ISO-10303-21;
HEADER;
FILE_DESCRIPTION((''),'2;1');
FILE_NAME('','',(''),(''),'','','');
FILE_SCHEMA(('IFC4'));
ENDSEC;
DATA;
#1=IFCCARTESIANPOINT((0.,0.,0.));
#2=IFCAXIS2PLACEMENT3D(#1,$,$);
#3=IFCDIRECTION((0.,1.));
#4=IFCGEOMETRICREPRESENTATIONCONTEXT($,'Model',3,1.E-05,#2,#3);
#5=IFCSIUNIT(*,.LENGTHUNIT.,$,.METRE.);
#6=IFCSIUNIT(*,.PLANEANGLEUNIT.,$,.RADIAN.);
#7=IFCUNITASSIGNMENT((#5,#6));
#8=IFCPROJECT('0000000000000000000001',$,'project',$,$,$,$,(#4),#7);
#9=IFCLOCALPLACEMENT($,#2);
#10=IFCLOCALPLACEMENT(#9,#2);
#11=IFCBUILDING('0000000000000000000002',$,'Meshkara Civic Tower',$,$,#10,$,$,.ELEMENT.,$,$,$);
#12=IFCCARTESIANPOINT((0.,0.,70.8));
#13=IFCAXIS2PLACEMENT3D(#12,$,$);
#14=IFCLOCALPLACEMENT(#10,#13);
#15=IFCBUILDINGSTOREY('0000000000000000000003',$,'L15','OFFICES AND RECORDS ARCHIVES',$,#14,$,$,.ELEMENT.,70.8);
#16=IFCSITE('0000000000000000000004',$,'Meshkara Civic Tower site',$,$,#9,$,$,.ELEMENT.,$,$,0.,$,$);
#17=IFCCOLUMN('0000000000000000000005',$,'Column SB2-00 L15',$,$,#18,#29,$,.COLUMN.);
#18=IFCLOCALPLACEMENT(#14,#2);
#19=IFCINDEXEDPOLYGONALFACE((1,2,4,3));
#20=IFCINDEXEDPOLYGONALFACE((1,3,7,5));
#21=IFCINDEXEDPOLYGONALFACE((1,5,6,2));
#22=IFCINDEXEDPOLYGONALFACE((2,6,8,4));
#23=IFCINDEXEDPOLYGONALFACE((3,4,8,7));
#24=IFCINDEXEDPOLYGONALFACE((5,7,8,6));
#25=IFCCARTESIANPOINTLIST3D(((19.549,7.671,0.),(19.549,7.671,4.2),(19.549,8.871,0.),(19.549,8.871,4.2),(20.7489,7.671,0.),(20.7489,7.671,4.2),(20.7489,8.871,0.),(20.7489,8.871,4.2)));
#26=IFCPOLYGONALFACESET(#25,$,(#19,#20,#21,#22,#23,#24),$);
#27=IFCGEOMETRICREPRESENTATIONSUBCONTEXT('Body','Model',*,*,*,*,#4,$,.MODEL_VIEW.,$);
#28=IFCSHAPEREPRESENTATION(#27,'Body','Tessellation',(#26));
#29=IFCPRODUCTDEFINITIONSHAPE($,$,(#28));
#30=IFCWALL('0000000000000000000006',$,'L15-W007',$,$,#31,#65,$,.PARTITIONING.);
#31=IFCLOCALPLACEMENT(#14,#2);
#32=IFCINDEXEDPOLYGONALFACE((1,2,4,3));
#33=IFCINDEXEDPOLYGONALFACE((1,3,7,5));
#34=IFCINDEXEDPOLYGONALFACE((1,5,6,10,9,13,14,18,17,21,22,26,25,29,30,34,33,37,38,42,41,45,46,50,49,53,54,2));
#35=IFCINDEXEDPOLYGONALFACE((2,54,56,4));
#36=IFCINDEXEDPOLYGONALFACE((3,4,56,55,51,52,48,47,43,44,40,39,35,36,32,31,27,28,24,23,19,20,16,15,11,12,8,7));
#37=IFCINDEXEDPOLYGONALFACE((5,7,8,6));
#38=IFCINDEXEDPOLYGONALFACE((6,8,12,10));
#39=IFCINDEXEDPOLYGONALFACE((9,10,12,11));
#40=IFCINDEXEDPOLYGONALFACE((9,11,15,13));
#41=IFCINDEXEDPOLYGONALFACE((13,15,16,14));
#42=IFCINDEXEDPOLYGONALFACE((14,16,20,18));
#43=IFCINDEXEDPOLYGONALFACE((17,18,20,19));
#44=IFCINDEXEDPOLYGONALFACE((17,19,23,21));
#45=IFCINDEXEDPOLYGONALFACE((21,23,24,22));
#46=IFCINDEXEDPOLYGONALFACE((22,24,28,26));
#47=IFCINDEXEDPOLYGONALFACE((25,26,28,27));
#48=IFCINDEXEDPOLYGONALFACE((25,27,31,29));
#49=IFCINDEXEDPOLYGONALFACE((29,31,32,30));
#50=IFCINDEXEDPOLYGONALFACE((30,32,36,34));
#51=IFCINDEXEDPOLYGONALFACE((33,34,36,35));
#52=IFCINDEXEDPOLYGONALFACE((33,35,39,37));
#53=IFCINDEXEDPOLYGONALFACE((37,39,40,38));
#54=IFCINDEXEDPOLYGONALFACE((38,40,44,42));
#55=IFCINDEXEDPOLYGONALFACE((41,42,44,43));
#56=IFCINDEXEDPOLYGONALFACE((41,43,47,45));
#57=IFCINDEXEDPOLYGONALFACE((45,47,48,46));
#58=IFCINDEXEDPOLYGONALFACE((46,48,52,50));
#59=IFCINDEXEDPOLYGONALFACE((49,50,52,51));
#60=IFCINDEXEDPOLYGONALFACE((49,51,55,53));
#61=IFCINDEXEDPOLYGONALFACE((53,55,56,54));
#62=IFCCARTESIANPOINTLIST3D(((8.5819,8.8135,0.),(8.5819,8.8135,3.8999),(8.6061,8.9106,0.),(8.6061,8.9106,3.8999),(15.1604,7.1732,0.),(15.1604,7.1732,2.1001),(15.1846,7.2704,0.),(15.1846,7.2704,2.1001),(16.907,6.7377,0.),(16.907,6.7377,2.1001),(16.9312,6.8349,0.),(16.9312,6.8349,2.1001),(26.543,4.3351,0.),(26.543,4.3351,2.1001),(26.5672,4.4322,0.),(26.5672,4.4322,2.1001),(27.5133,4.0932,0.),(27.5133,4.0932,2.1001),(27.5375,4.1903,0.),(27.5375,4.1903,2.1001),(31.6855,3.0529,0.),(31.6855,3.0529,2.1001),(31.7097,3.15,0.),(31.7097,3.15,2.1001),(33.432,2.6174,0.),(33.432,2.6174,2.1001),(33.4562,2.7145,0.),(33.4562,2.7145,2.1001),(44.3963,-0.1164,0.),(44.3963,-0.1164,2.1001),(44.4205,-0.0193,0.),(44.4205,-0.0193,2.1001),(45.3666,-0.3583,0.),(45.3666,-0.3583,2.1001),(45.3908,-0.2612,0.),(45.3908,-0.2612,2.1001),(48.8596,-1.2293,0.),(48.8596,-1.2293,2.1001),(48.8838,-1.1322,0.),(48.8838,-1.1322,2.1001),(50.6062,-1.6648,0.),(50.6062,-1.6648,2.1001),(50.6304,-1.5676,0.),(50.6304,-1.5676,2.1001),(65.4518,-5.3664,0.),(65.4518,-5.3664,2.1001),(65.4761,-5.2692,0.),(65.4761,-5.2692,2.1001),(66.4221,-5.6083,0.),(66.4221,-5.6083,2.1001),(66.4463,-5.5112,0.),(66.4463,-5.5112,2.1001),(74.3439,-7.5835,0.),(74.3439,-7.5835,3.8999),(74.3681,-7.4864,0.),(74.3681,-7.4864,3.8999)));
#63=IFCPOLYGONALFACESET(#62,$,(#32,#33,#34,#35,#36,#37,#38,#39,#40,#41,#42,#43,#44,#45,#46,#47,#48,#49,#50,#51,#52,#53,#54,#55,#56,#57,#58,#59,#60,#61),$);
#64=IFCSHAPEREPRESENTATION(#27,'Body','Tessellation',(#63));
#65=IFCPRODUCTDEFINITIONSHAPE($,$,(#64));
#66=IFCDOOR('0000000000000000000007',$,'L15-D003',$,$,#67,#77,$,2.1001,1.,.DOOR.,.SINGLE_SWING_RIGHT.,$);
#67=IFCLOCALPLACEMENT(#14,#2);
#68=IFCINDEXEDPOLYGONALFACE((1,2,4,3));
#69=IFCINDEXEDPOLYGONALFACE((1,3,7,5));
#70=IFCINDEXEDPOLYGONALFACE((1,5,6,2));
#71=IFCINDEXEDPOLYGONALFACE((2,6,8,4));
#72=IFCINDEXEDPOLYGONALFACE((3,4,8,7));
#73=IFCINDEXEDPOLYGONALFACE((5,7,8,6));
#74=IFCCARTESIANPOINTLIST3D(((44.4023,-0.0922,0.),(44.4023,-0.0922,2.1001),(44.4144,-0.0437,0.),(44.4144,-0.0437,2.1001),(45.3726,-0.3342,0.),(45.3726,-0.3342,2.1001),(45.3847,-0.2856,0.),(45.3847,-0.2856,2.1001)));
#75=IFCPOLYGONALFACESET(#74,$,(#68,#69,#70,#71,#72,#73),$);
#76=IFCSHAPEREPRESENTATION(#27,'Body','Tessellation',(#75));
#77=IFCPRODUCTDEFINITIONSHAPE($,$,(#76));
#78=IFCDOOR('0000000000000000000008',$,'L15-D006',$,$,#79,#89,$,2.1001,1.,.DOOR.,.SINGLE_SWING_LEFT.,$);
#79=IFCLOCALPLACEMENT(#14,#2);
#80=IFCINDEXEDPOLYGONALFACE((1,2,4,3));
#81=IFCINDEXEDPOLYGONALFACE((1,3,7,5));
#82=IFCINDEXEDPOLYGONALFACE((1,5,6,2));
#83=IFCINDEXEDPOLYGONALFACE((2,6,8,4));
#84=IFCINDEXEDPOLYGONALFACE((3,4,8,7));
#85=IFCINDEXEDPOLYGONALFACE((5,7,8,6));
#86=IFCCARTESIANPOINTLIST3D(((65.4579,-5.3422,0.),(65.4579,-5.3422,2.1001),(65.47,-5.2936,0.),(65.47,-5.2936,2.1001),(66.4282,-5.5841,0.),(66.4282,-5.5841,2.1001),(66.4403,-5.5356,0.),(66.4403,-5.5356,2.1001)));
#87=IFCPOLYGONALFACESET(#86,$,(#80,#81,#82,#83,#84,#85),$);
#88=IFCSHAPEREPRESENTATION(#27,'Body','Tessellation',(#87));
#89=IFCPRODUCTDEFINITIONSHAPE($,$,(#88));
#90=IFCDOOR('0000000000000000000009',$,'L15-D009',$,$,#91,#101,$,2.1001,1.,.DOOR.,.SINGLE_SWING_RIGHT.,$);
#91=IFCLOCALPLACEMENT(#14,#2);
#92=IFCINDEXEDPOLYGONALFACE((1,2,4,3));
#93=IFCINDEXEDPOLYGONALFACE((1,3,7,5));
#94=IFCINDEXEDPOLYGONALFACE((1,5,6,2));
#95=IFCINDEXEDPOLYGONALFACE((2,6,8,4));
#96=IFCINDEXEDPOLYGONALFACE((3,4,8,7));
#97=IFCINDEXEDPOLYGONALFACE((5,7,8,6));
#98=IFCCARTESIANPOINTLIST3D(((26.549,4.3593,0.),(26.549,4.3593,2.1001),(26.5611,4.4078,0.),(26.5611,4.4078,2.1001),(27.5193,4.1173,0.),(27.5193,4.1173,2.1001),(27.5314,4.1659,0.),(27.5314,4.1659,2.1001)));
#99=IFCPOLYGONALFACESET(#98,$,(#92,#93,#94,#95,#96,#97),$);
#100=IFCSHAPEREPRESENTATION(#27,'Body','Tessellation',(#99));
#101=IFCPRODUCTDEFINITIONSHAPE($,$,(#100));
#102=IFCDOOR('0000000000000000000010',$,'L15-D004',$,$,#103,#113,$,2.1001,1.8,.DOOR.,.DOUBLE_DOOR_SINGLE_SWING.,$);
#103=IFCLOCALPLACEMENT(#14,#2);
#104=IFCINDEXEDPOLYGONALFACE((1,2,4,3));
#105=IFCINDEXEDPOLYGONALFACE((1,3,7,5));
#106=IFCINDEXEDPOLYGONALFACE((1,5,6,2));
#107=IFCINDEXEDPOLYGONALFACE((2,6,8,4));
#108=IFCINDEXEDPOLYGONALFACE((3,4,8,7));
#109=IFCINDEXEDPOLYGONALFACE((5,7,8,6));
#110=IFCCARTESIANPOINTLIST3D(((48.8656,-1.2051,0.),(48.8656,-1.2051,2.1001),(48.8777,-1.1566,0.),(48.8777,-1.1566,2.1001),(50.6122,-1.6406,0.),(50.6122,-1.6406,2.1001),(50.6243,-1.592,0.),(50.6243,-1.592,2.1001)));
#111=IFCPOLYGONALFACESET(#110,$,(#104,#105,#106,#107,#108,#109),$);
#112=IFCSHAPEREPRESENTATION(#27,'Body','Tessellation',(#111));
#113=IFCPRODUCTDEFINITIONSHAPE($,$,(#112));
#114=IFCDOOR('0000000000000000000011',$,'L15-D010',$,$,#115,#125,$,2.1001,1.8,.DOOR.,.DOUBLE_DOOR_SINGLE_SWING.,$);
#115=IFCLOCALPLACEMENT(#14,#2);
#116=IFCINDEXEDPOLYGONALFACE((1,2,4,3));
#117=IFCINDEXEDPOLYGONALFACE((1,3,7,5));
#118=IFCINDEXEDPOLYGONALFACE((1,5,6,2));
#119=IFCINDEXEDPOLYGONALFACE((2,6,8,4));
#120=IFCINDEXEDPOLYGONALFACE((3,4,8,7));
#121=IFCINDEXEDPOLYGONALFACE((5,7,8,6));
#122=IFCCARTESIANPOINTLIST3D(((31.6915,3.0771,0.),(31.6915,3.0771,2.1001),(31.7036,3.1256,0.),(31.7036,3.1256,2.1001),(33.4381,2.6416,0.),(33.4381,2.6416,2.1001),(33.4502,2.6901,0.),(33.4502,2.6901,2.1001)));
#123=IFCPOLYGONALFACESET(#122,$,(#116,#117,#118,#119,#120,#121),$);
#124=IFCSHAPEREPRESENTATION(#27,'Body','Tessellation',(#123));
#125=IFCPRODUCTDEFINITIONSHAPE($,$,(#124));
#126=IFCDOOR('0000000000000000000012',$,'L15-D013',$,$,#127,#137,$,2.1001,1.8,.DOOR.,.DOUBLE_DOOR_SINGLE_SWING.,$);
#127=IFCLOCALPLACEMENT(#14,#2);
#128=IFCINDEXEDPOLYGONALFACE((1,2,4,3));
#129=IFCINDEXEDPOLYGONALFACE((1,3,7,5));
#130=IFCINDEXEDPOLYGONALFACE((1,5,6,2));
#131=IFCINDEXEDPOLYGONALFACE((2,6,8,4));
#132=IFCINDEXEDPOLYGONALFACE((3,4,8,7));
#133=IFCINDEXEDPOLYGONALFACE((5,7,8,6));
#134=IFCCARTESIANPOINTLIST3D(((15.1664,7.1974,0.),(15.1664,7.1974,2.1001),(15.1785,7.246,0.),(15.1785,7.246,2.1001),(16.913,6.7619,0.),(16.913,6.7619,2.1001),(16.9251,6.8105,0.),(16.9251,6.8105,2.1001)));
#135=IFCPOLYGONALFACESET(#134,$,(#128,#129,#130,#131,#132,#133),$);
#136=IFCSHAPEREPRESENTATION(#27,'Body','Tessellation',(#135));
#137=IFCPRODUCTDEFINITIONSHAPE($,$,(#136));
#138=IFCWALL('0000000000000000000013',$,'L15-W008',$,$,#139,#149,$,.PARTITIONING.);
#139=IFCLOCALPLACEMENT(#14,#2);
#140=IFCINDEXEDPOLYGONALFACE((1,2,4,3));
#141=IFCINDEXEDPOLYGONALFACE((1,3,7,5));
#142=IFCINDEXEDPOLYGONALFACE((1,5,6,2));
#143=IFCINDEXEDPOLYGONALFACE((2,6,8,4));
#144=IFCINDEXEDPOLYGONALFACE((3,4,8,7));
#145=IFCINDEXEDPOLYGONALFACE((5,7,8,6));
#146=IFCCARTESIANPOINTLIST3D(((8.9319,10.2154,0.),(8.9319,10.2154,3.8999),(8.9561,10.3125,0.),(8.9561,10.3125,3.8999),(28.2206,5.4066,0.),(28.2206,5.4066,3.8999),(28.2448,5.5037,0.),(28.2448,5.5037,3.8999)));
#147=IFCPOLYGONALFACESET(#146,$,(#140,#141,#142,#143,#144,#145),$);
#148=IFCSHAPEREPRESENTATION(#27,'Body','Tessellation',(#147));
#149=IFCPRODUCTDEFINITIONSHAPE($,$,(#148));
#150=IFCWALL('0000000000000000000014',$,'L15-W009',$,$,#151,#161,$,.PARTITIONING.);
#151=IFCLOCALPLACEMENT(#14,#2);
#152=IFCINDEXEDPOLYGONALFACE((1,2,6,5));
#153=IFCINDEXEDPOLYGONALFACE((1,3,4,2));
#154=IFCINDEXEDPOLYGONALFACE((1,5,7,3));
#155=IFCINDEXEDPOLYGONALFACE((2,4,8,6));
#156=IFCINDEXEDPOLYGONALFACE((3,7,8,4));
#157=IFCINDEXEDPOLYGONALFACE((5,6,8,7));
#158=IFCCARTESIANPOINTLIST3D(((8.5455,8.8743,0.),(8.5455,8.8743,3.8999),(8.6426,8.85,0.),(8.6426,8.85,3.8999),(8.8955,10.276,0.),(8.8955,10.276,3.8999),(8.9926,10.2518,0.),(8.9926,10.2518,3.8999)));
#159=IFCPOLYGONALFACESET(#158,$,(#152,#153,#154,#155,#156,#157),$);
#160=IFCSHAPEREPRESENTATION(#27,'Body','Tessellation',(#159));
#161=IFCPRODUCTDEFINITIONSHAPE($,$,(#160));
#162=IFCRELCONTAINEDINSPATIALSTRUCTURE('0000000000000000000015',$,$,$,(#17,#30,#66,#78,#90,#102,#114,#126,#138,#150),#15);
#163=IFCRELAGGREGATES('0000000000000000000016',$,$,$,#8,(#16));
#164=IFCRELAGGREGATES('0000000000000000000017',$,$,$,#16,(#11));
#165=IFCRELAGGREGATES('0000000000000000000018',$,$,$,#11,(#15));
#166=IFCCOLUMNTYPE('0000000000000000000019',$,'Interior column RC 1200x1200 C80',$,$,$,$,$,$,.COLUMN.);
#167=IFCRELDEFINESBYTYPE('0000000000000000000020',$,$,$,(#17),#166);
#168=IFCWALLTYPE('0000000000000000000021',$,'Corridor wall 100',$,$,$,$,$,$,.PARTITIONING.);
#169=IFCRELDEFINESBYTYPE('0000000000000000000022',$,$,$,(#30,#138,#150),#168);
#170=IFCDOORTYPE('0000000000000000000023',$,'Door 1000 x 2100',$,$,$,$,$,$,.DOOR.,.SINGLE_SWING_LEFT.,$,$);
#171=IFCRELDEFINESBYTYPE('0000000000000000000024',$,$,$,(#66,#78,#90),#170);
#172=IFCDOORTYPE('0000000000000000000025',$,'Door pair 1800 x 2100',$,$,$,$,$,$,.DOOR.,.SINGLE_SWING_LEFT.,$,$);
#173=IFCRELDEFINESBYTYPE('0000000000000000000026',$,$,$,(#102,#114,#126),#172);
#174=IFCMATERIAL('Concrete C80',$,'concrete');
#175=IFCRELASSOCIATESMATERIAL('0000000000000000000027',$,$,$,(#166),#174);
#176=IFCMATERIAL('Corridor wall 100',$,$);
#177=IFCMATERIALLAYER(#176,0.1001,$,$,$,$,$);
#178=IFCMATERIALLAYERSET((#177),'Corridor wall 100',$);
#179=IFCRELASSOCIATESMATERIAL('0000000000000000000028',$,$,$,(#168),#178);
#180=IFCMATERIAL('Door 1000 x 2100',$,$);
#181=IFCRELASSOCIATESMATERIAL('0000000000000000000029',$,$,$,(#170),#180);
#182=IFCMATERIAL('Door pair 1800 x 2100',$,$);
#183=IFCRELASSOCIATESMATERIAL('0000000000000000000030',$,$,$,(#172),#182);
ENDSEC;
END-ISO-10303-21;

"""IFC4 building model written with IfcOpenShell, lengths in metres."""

from ifc_helpers import new_model, si_unit, direction, frame, frame_2d, origin, origin_2d, place, context, subcontext, project, spatial, rectangle, extrude, material, layer, layer_set, material_profile, profile_set, type_object, element, fill, save


model = new_model("IFC4")

# Units and contexts
model_context = context("Model", 3, precision=1e-05, world=origin(), true_north=direction((0.0, 1.0)))
body_context = subcontext(model_context, "Body", "Model", "MODEL_VIEW")
ifc_project = project(units=[si_unit("LENGTHUNIT", "METRE"), si_unit("PLANEANGLEUNIT", "RADIAN")], contexts=[model_context])

# Site, building, storey
site_placement = place(None, origin())
site = spatial("IfcSite", under=ifc_project, at=site_placement, Name="Meshkara Civic Tower site", CompositionType="ELEMENT", RefElevation=0.0)
building_placement = place(site_placement, origin())
building = spatial("IfcBuilding", under=site, at=building_placement, Name="Meshkara Civic Tower", CompositionType="ELEMENT")
storey_placement = place(building_placement, frame((0.0, 0.0, 70.8)))
storey = spatial("IfcBuildingStorey", under=building, at=storey_placement, Name="L15", Description="OFFICES AND RECORDS ARCHIVES", CompositionType="ELEMENT", Elevation=70.8)

# Column
ifc_material_1 = material(Name="Concrete C80", Category="concrete")
ifc_material_profile = material_profile(ifc_material_1, rectangle(XDim=1.2, YDim=1.2, at=origin_2d()))
ifc_profile_set = profile_set([ifc_material_profile], Name="Concrete C80")
column_type = type_object("IfcColumnType", Name="Interior column RC 1200x1200 C80", PredefinedType="COLUMN", material=ifc_profile_set)
column_placement = place(storey_placement, frame((20.1489, 8.271, 0.0), z_axis=(0.0, 0.0, 1.0), x_axis=(1.0, 0.0, 0.0)))
element("IfcColumn", 1, at=column_placement, inside=storey, type_object=column_type, Name="Column SB2-00 L15", PredefinedType="COLUMN", context=body_context, shape_type="SweptSolid", body=[
    extrude(rectangle(XDim=1.2, YDim=1.2, at=origin_2d()), origin(), (0.0, 0.0, 1.0), 4.2),
])

# Wall, openings, doors
ifc_material_2 = material(Name="Corridor wall 100")
ifc_layer_1 = layer(ifc_material_2, 0.1001)
ifc_layer_set_1 = layer_set([ifc_layer_1], Name="Corridor wall 100")
wall_type_1 = type_object("IfcWallType", Name="Corridor wall 100", PredefinedType="PARTITIONING", material=ifc_layer_set_1)
wall_1_placement = place(storey_placement, frame((8.594, 8.8621, 0.0), z_axis=(0.0, 0.0, 1.0), x_axis=(0.970293, -0.241931, 0.0)))
wall_1 = element("IfcWall", 2, at=wall_1_placement, inside=storey, type_object=wall_type_1, Name="L15-W007", PredefinedType="PARTITIONING", context=body_context, shape_type="SweptSolid", body=[
    extrude(rectangle(XDim=67.7754, YDim=0.1001, at=frame_2d((33.8877, 0.0))), origin(), (0.0, 0.0, 1.0), 3.8999),
])
opening_1_placement = place(wall_1_placement, frame((36.9109, 0.0, 0.0)))
opening_1 = element("IfcOpeningElement", 3, at=opening_1_placement, cuts=wall_1, PredefinedType="OPENING", context=body_context, shape_type="SweptSolid", body=[
    extrude(rectangle(XDim=1.0, YDim=2.1001, at=frame_2d((0.5, 1.05))), frame((0.0, 0.0601, 0.0), z_axis=(0.0, -1.0, 0.0), x_axis=(1.0, 0.0, 0.0)), (0.0, 0.0, 1.0), 0.1201),
])
opening_2_placement = place(wall_1_placement, frame((41.511, 0.0, 0.0)))
opening_2 = element("IfcOpeningElement", 4, at=opening_2_placement, cuts=wall_1, PredefinedType="OPENING", context=body_context, shape_type="SweptSolid", body=[
    extrude(rectangle(XDim=1.8, YDim=2.1001, at=frame_2d((0.8999, 1.05))), frame((0.0, 0.0601, 0.0), z_axis=(0.0, -1.0, 0.0), x_axis=(1.0, 0.0, 0.0)), (0.0, 0.0, 1.0), 0.1201),
])
opening_3_placement = place(wall_1_placement, frame((58.6111, 0.0, 0.0)))
opening_3 = element("IfcOpeningElement", 5, at=opening_3_placement, cuts=wall_1, PredefinedType="OPENING", context=body_context, shape_type="SweptSolid", body=[
    extrude(rectangle(XDim=1.0, YDim=2.1001, at=frame_2d((0.5, 1.05))), frame((0.0, 0.0601, 0.0), z_axis=(0.0, -1.0, 0.0), x_axis=(1.0, 0.0, 0.0)), (0.0, 0.0, 1.0), 0.1201),
])
opening_4_placement = place(wall_1_placement, frame((18.511, 0.0, 0.0)))
opening_4 = element("IfcOpeningElement", 6, at=opening_4_placement, cuts=wall_1, PredefinedType="OPENING", context=body_context, shape_type="SweptSolid", body=[
    extrude(rectangle(XDim=1.0, YDim=2.1001, at=frame_2d((0.5, 1.05))), frame((0.0, 0.0601, 0.0), z_axis=(0.0, -1.0, 0.0), x_axis=(1.0, 0.0, 0.0)), (0.0, 0.0, 1.0), 0.1201),
])
opening_5_placement = place(wall_1_placement, frame((23.811, 0.0, 0.0)))
opening_5 = element("IfcOpeningElement", 7, at=opening_5_placement, cuts=wall_1, PredefinedType="OPENING", context=body_context, shape_type="SweptSolid", body=[
    extrude(rectangle(XDim=1.8, YDim=2.1001, at=frame_2d((0.8999, 1.05))), frame((0.0, 0.0601, 0.0), z_axis=(0.0, -1.0, 0.0), x_axis=(1.0, 0.0, 0.0)), (0.0, 0.0, 1.0), 0.1201),
])
opening_6_placement = place(wall_1_placement, frame((6.78, 0.0, 0.0)))
opening_6 = element("IfcOpeningElement", 8, at=opening_6_placement, cuts=wall_1, PredefinedType="OPENING", context=body_context, shape_type="SweptSolid", body=[
    extrude(rectangle(XDim=1.8, YDim=2.1001, at=frame_2d((0.8999, 1.05))), frame((0.0, 0.0601, 0.0), z_axis=(0.0, -1.0, 0.0), x_axis=(1.0, 0.0, 0.0)), (0.0, 0.0, 1.0), 0.1201),
])
ifc_material_3 = material(Name="Door 1000 x 2100")
door_type_1 = type_object("IfcDoorType", Name="Door 1000 x 2100", OperationType="SINGLE_SWING_LEFT", PredefinedType="DOOR", material=ifc_material_3)
door_1_placement = place(opening_1_placement, origin())
door_1 = element("IfcDoor", 9, at=door_1_placement, inside=storey, type_object=door_type_1, Name="L15-D003", OperationType="SINGLE_SWING_RIGHT", OverallHeight=2.1001, OverallWidth=1.0, PredefinedType="DOOR", context=body_context, shape_type="SweptSolid", body=[
    extrude(rectangle(XDim=1.0, YDim=2.1001, at=frame_2d((0.5, 1.05))), frame((0.0, 0.0249, 0.0), z_axis=(0.0, -1.0, 0.0), x_axis=(1.0, 0.0, 0.0)), (0.0, 0.0, 1.0), 0.05),
])
fill(opening_1, door_1)
door_2_placement = place(opening_3_placement, origin())
door_2 = element("IfcDoor", 10, at=door_2_placement, inside=storey, type_object=door_type_1, Name="L15-D006", OperationType="SINGLE_SWING_LEFT", OverallHeight=2.1001, OverallWidth=1.0, PredefinedType="DOOR", context=body_context, shape_type="SweptSolid", body=[
    extrude(rectangle(XDim=1.0, YDim=2.1001, at=frame_2d((0.5, 1.05))), frame((0.0, 0.0249, 0.0), z_axis=(0.0, -1.0, 0.0), x_axis=(1.0, 0.0, 0.0)), (0.0, 0.0, 1.0), 0.05),
])
fill(opening_3, door_2)
door_3_placement = place(opening_4_placement, origin())
door_3 = element("IfcDoor", 11, at=door_3_placement, inside=storey, type_object=door_type_1, Name="L15-D009", OperationType="SINGLE_SWING_RIGHT", OverallHeight=2.1001, OverallWidth=1.0, PredefinedType="DOOR", context=body_context, shape_type="SweptSolid", body=[
    extrude(rectangle(XDim=1.0, YDim=2.1001, at=frame_2d((0.5, 1.05))), frame((0.0, 0.0249, 0.0), z_axis=(0.0, -1.0, 0.0), x_axis=(1.0, 0.0, 0.0)), (0.0, 0.0, 1.0), 0.05),
])
fill(opening_4, door_3)
ifc_material_4 = material(Name="Door pair 1800 x 2100")
door_type_2 = type_object("IfcDoorType", Name="Door pair 1800 x 2100", OperationType="SINGLE_SWING_LEFT", PredefinedType="DOOR", material=ifc_material_4)
door_4_placement = place(opening_2_placement, origin())
door_4 = element("IfcDoor", 12, at=door_4_placement, inside=storey, type_object=door_type_2, Name="L15-D004", OperationType="DOUBLE_DOOR_SINGLE_SWING", OverallHeight=2.1001, OverallWidth=1.8, PredefinedType="DOOR", context=body_context, shape_type="SweptSolid", body=[
    extrude(rectangle(XDim=1.8, YDim=2.1001, at=frame_2d((0.8999, 1.05))), frame((0.0, 0.0249, 0.0), z_axis=(0.0, -1.0, 0.0), x_axis=(1.0, 0.0, 0.0)), (0.0, 0.0, 1.0), 0.05),
])
fill(opening_2, door_4)
door_5_placement = place(opening_5_placement, origin())
door_5 = element("IfcDoor", 13, at=door_5_placement, inside=storey, type_object=door_type_2, Name="L15-D010", OperationType="DOUBLE_DOOR_SINGLE_SWING", OverallHeight=2.1001, OverallWidth=1.8, PredefinedType="DOOR", context=body_context, shape_type="SweptSolid", body=[
    extrude(rectangle(XDim=1.8, YDim=2.1001, at=frame_2d((0.8999, 1.05))), frame((0.0, 0.0249, 0.0), z_axis=(0.0, -1.0, 0.0), x_axis=(1.0, 0.0, 0.0)), (0.0, 0.0, 1.0), 0.05),
])
fill(opening_5, door_5)
door_6_placement = place(opening_6_placement, origin())
door_6 = element("IfcDoor", 14, at=door_6_placement, inside=storey, type_object=door_type_2, Name="L15-D013", OperationType="DOUBLE_DOOR_SINGLE_SWING", OverallHeight=2.1001, OverallWidth=1.8, PredefinedType="DOOR", context=body_context, shape_type="SweptSolid", body=[
    extrude(rectangle(XDim=1.8, YDim=2.1001, at=frame_2d((0.8999, 1.05))), frame((0.0, 0.0249, 0.0), z_axis=(0.0, -1.0, 0.0), x_axis=(1.0, 0.0, 0.0)), (0.0, 0.0, 1.0), 0.05),
])
fill(opening_6, door_6)

# Walls
wall_2_placement = place(storey_placement, frame((8.9441, 10.2639, 0.0), z_axis=(0.0, 0.0, 1.0), x_axis=(0.970301, -0.241903, 0.0)))
element("IfcWall", 15, at=wall_2_placement, inside=storey, type_object=wall_type_1, Name="L15-W008", PredefinedType="PARTITIONING", context=body_context, shape_type="SweptSolid", body=[
    extrude(rectangle(XDim=19.8792, YDim=0.1001, at=frame_2d((9.9395, 0.0))), origin(), (0.0, 0.0, 1.0), 3.8999),
])
wall_3_placement = place(storey_placement, frame((8.9441, 10.2639, 0.0), z_axis=(0.0, 0.0, 1.0), x_axis=(-0.242297, -0.970202, 0.0)))
element("IfcWall", 16, at=wall_3_placement, inside=storey, type_object=wall_type_1, Name="L15-W009", PredefinedType="PARTITIONING", context=body_context, shape_type="SweptSolid", body=[
    extrude(rectangle(XDim=1.4448, YDim=0.1001, at=frame_2d((0.7224, 0.0))), origin(), (0.0, 0.0, 1.0), 3.8999),
])

save(model, "model.ifc")
